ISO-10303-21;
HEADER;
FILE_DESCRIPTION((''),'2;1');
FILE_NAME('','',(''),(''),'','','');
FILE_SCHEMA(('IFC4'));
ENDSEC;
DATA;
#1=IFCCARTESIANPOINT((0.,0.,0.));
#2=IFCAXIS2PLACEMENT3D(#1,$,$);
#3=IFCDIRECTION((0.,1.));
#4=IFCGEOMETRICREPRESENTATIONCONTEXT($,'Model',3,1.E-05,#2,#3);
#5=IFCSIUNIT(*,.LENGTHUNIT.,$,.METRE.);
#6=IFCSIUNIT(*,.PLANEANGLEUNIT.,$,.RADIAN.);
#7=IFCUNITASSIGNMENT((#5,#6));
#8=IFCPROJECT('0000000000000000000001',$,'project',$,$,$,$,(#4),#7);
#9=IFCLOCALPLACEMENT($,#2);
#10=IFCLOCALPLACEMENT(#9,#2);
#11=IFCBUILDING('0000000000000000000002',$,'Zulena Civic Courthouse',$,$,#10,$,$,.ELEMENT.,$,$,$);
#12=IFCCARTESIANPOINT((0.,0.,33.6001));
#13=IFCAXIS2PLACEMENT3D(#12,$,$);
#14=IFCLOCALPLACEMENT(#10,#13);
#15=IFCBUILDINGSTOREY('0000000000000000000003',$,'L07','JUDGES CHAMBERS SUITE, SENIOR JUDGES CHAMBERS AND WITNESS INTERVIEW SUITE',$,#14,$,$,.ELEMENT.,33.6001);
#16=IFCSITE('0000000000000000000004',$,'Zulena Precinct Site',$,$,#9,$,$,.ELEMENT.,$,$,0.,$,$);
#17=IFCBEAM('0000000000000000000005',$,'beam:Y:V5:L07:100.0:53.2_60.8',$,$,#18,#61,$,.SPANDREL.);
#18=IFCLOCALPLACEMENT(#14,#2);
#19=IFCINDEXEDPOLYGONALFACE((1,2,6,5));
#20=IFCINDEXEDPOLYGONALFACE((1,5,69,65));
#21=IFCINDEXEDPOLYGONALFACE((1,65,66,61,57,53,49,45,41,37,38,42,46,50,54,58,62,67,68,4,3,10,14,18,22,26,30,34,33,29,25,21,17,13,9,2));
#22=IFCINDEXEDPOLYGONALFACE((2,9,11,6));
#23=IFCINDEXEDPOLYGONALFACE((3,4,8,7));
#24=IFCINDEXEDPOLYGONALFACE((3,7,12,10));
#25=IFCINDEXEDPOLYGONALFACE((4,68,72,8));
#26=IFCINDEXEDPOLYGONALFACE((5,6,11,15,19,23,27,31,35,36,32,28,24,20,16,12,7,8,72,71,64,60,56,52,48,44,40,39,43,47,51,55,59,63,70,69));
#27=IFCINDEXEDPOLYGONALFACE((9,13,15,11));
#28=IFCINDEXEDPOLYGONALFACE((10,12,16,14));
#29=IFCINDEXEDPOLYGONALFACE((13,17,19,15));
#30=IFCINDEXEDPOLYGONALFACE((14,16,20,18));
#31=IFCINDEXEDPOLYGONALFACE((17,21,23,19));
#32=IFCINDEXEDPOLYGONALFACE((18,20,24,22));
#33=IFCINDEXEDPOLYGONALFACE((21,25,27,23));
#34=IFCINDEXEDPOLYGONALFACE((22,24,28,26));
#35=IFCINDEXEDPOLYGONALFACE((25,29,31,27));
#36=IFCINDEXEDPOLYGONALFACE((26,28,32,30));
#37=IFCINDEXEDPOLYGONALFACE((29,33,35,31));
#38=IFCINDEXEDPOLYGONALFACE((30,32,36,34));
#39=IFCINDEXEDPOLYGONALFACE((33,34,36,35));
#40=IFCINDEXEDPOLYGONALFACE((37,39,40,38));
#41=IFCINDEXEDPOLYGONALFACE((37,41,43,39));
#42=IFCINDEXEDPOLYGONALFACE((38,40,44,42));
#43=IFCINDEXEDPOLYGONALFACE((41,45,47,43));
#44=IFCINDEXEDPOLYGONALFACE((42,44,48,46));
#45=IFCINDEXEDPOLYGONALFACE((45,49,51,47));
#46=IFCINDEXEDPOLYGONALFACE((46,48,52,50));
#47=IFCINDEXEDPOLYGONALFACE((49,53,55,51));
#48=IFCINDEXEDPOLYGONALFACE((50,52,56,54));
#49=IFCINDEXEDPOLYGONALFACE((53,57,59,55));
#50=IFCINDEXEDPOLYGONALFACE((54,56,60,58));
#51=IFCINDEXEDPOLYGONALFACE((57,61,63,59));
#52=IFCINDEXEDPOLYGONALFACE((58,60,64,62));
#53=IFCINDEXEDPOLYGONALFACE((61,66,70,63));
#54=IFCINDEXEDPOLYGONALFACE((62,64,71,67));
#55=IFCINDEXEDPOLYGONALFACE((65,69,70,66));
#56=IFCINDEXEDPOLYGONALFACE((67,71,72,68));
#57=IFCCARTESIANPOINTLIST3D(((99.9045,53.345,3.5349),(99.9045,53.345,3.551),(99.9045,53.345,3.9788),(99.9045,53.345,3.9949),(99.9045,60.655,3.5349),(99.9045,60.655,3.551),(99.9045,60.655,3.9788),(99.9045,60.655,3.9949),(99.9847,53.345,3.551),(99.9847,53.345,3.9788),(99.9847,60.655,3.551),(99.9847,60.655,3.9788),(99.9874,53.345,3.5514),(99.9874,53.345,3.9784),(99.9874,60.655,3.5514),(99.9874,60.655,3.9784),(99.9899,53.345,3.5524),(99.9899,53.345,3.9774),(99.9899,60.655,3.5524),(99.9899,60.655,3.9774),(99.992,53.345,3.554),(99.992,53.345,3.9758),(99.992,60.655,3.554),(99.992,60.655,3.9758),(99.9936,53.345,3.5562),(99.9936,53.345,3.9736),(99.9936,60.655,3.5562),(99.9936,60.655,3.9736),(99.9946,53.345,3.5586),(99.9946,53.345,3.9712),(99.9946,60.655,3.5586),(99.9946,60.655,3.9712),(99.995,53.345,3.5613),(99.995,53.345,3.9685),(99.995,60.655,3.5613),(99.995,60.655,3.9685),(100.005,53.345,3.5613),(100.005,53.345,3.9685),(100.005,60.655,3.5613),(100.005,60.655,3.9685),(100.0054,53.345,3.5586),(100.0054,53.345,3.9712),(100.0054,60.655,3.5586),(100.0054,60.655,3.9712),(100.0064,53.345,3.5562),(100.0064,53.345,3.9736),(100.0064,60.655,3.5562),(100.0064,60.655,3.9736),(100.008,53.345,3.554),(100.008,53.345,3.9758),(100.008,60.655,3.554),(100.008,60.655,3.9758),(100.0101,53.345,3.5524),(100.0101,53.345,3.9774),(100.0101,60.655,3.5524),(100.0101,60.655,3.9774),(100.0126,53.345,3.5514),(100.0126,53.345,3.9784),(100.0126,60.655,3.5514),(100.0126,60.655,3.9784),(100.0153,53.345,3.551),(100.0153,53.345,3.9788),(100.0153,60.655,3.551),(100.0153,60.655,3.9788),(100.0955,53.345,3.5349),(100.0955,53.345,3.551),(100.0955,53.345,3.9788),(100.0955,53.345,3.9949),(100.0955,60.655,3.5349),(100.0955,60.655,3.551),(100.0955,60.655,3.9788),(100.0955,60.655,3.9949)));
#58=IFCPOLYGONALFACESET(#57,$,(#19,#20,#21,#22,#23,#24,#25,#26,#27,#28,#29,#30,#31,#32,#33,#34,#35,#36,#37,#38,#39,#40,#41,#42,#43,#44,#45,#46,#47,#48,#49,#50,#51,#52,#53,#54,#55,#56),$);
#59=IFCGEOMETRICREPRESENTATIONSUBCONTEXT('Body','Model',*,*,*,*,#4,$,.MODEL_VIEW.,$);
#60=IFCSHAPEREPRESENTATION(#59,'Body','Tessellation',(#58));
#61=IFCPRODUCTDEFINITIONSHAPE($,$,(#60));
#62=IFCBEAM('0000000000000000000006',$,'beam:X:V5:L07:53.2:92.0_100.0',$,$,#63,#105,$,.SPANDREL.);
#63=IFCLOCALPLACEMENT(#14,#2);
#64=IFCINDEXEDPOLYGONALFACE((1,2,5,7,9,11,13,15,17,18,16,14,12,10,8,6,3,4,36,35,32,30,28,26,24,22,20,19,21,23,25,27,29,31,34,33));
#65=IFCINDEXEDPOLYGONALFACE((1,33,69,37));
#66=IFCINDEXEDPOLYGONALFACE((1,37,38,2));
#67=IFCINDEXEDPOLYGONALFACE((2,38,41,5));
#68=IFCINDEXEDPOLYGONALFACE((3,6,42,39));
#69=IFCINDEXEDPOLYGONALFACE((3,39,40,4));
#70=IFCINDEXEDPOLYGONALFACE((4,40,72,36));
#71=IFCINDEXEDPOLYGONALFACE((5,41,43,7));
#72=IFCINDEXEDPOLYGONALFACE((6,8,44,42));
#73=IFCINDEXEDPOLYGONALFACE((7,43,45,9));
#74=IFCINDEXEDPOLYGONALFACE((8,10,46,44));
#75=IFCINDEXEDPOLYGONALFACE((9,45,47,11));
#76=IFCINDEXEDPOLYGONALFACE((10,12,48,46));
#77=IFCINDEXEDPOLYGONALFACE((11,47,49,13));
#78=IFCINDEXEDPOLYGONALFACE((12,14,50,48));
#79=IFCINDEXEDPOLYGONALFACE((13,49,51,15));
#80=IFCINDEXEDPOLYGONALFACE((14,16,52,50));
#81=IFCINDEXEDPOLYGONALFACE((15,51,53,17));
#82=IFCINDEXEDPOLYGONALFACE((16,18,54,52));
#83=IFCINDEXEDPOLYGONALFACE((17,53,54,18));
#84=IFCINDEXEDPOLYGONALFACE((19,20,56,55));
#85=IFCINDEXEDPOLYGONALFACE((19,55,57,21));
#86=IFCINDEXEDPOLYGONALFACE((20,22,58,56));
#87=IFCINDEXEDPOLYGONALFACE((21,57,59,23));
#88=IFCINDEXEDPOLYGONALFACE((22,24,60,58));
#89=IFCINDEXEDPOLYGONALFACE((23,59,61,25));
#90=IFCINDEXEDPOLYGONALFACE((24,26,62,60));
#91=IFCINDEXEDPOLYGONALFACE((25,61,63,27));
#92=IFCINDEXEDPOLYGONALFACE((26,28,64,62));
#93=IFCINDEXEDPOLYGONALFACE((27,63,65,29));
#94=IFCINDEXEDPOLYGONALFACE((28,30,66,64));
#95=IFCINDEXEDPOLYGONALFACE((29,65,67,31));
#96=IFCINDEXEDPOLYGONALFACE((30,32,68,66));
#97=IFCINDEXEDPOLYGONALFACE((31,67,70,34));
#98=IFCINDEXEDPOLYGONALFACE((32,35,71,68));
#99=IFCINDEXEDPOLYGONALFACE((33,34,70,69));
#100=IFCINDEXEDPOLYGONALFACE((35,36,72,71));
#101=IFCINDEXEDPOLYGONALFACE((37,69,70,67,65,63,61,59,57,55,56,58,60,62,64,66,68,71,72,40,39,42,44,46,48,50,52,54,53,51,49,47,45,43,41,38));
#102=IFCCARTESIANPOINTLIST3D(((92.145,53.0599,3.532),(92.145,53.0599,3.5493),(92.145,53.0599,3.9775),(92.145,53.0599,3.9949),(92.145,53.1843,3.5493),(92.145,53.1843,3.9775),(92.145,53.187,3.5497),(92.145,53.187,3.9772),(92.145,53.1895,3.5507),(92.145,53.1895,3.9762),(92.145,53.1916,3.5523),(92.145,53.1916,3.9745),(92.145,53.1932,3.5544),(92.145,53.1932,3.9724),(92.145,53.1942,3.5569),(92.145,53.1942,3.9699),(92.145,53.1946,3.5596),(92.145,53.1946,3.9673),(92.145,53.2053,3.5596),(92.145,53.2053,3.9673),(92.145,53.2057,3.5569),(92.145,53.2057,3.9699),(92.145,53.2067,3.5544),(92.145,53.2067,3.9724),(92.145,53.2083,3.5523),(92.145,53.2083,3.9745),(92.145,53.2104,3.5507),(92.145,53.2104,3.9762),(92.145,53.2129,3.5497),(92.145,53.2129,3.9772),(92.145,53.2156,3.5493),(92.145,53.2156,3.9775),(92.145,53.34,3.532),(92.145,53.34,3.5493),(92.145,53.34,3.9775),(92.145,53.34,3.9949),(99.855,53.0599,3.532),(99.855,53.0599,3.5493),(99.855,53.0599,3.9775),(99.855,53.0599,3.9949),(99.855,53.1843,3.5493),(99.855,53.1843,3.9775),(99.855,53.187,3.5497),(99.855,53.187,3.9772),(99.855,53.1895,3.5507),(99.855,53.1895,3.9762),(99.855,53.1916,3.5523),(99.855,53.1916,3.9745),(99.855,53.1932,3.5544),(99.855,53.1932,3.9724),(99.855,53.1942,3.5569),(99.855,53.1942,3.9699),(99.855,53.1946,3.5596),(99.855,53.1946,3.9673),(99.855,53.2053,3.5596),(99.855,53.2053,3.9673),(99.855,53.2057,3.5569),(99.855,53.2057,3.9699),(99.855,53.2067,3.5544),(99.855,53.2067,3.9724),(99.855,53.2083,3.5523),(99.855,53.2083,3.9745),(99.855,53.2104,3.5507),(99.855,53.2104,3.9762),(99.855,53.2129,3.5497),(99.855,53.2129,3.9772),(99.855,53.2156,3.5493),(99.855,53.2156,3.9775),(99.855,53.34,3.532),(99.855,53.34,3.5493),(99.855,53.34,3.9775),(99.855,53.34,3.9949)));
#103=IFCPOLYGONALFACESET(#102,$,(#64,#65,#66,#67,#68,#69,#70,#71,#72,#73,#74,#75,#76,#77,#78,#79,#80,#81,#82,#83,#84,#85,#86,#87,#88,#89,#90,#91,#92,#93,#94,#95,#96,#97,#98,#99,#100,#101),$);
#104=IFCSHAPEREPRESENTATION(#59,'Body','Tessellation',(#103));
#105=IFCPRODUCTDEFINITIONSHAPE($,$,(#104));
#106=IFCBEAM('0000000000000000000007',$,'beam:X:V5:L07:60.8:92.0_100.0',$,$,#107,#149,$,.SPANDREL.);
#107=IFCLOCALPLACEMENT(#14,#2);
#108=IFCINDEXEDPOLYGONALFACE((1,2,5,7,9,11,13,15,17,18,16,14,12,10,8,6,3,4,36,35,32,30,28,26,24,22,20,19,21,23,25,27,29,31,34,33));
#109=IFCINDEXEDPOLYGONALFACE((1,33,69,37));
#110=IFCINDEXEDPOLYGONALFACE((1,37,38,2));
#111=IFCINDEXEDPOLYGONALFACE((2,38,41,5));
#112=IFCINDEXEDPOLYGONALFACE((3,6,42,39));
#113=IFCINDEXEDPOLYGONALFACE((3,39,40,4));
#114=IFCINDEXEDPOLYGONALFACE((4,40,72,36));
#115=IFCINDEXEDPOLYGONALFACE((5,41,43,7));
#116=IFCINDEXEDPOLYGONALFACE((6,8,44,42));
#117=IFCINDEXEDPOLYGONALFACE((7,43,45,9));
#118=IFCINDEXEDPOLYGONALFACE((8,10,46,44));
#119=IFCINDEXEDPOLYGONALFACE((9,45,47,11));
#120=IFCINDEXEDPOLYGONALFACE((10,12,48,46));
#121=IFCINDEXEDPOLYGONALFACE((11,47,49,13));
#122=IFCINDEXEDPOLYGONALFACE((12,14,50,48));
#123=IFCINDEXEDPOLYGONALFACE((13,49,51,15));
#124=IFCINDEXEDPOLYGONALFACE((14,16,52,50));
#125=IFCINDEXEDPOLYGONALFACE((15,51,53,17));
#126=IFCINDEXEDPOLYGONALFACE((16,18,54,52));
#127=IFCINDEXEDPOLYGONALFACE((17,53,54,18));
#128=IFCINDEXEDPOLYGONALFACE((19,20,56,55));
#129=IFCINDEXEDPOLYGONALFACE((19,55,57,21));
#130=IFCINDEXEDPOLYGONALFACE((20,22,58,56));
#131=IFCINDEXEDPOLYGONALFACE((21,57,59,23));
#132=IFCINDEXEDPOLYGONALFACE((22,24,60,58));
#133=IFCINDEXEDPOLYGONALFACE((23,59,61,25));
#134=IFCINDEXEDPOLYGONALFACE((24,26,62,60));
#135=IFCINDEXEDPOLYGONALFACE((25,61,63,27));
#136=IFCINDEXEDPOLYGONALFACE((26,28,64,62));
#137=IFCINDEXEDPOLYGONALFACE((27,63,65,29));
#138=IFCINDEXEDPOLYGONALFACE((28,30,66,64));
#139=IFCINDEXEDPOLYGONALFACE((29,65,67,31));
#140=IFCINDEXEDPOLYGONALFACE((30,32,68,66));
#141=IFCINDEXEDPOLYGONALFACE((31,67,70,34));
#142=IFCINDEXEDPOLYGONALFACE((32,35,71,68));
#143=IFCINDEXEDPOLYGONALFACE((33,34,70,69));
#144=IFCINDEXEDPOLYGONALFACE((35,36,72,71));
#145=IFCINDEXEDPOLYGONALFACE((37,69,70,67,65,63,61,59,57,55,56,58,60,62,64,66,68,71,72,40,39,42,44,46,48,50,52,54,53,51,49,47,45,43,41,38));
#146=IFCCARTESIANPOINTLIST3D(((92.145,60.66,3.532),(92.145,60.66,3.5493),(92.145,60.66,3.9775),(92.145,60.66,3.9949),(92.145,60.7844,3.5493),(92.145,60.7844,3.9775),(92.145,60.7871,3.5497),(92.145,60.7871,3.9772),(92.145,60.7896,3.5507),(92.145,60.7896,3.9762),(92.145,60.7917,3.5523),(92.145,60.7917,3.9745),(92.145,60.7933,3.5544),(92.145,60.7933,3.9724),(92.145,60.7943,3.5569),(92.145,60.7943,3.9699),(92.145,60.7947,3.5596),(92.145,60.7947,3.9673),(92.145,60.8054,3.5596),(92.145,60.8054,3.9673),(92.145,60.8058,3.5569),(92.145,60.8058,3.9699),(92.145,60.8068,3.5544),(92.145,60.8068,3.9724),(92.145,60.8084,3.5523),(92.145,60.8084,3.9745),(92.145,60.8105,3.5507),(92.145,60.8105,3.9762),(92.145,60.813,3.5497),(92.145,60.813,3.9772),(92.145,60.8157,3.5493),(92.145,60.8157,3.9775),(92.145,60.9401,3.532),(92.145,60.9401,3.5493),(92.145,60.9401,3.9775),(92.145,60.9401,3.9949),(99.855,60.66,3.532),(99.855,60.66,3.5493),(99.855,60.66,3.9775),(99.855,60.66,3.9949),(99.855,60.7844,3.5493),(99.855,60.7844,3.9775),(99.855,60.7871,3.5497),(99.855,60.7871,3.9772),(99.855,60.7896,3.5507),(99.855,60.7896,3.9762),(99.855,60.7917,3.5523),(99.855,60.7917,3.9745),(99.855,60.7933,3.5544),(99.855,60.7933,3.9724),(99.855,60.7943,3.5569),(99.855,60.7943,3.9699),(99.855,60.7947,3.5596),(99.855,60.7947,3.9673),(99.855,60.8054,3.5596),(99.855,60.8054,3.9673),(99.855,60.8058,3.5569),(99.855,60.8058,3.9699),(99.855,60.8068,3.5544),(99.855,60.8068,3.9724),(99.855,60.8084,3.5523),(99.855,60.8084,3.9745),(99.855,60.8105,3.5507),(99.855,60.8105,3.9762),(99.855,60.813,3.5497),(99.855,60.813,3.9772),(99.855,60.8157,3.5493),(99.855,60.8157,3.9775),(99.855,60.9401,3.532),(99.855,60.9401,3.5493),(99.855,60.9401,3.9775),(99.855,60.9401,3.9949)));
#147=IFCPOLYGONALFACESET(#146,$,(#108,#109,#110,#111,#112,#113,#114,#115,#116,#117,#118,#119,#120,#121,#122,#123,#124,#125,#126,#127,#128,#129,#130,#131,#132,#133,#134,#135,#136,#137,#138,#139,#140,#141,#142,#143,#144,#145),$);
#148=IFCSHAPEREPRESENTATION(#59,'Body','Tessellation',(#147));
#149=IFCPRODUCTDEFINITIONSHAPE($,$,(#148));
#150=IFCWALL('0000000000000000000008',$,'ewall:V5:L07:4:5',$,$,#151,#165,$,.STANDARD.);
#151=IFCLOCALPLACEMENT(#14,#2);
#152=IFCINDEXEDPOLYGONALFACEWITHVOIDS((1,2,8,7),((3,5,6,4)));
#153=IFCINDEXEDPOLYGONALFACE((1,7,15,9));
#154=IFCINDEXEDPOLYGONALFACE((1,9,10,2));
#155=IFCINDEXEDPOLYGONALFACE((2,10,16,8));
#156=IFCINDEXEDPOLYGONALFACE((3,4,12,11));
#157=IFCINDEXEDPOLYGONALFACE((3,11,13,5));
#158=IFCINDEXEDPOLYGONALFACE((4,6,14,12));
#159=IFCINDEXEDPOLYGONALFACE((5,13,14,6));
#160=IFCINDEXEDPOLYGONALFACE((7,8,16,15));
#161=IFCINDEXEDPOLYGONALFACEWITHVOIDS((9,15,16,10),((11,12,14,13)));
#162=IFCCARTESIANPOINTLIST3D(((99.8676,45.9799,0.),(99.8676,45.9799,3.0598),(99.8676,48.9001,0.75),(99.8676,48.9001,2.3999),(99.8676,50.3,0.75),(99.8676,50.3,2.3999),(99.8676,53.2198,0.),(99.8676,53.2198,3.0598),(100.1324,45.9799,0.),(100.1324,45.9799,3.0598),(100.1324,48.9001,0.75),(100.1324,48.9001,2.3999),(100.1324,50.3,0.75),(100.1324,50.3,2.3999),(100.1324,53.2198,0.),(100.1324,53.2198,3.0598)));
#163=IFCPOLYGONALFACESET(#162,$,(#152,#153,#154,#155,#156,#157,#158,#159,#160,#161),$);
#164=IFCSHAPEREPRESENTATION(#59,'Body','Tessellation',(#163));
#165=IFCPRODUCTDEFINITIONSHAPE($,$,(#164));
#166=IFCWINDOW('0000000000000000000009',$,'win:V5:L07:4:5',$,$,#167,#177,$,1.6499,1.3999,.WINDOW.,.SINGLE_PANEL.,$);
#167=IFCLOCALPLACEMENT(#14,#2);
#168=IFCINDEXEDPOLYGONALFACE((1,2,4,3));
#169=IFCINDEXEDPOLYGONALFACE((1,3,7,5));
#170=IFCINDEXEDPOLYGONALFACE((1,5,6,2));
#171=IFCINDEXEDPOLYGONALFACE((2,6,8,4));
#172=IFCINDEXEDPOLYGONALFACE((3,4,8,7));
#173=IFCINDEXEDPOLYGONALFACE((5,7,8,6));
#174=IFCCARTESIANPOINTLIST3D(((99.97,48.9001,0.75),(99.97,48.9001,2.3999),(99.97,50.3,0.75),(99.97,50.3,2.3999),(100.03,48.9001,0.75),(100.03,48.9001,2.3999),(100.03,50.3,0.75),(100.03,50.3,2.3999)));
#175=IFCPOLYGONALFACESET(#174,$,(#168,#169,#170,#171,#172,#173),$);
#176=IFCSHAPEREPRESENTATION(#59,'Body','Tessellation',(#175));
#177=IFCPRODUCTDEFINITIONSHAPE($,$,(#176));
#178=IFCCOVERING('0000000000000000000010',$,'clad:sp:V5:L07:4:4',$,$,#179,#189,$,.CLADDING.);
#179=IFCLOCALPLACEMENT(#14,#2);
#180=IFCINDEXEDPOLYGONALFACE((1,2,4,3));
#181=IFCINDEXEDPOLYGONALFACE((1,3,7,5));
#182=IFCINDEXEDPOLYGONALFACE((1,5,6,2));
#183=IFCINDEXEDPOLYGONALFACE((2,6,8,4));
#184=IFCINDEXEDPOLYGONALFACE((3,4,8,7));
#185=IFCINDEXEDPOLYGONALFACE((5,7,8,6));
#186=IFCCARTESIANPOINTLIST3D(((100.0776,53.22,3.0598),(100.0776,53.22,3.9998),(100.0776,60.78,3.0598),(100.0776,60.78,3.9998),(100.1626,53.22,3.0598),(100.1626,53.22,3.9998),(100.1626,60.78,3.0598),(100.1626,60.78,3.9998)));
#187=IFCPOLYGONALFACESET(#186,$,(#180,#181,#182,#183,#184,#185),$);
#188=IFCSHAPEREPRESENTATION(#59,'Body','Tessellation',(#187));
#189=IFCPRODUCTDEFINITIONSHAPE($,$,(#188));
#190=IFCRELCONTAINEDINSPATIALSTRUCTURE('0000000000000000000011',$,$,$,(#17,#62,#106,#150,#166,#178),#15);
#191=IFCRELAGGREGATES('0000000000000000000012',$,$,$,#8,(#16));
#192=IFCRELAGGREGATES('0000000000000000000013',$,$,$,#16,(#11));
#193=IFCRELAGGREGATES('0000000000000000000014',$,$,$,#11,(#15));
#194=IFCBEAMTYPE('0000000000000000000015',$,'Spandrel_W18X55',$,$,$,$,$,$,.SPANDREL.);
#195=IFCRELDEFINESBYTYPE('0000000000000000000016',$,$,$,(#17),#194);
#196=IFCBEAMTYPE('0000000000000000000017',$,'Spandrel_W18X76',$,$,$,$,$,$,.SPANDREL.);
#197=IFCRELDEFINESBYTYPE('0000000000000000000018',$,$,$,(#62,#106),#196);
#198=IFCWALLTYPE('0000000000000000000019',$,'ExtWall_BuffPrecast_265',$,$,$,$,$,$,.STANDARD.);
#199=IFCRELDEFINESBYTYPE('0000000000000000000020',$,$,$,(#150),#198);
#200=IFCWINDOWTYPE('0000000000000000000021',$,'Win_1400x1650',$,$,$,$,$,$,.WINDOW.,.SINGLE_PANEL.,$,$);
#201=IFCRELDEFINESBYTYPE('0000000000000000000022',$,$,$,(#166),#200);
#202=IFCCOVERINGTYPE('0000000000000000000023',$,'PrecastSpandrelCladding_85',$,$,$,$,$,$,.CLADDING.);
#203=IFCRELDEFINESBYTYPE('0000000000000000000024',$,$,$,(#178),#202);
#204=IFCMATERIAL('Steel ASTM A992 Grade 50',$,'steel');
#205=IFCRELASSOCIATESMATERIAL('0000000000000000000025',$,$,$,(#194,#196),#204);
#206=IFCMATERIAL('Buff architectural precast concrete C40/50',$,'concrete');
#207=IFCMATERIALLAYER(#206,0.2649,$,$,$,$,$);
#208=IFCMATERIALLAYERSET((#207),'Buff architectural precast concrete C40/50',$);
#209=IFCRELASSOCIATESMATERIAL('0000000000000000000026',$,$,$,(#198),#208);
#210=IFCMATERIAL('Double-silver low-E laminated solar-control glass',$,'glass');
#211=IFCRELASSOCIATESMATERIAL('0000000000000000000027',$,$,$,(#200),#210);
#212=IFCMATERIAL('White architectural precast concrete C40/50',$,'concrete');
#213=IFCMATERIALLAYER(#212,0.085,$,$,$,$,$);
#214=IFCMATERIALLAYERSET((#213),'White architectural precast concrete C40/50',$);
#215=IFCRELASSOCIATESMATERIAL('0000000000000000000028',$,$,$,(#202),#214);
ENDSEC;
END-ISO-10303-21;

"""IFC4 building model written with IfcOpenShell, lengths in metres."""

from ifc_helpers import new_model, si_unit, direction, frame, frame_2d, origin, origin_2d, place, context, subcontext, project, spatial, rectangle, i_section, extrude, material, layer, layer_set, material_profile, profile_set, type_object, element, fill, save


model = new_model("IFC4")

# Units and contexts
model_context = context("Model", 3, precision=1e-05, world=origin(), true_north=direction((0.0, 1.0)))
body_context = subcontext(model_context, "Body", "Model", "MODEL_VIEW")
ifc_project = project(units=[si_unit("LENGTHUNIT", "METRE"), si_unit("PLANEANGLEUNIT", "RADIAN")], contexts=[model_context])

# Site, building, storey
site_placement = place(None, origin())
site = spatial("IfcSite", under=ifc_project, at=site_placement, Name="Zulena Precinct Site", CompositionType="ELEMENT", RefElevation=0.0)
building_placement = place(site_placement, origin())
building = spatial("IfcBuilding", under=site, at=building_placement, Name="Zulena Civic Courthouse", CompositionType="ELEMENT")
storey_placement = place(building_placement, frame((0.0, 0.0, 33.6001)))
storey = spatial("IfcBuildingStorey", under=building, at=storey_placement, Name="L07", Description="JUDGES CHAMBERS SUITE, SENIOR JUDGES CHAMBERS AND WITNESS INTERVIEW SUITE", CompositionType="ELEMENT", Elevation=33.6001)

# Shared definitions
ifc_material_1 = material(Name="Steel ASTM A992 Grade 50", Category="steel")

# Beams
ifc_material_profile_1 = material_profile(ifc_material_1, i_section(OverallWidth=0.1909, OverallDepth=0.46, WebThickness=0.01, FlangeThickness=0.0161, FilletRadius=0.0103, at=origin_2d()), Name="W18X55")
ifc_profile_set_1 = profile_set([ifc_material_profile_1], Name="Steel ASTM A992 Grade 50")
beam_type_1 = type_object("IfcBeamType", Name="Spandrel_W18X55", PredefinedType="SPANDREL", material=ifc_profile_set_1)
beam_1_placement = place(storey_placement, frame((100.0, 53.345, 3.7649), z_axis=(0.0, 1.0, 0.0), x_axis=(-1.0, 0.0, 0.0)))
element("IfcBeam", 1, at=beam_1_placement, inside=storey, type_object=beam_type_1, Name="beam:Y:V5:L07:100.0:53.2_60.8", PredefinedType="SPANDREL", context=body_context, shape_type="SweptSolid", body=[
    extrude(i_section(OverallWidth=0.1909, OverallDepth=0.46, WebThickness=0.01, FlangeThickness=0.0161, FilletRadius=0.0103, at=origin_2d()), origin(), (0.0, 0.0, 1.0), 7.3101),
])
ifc_material_profile_2 = material_profile(ifc_material_1, i_section(OverallWidth=0.28, OverallDepth=0.4629, WebThickness=0.0107, FlangeThickness=0.0173, FilletRadius=0.0103, at=origin_2d()), Name="W18X76")
ifc_profile_set_2 = profile_set([ifc_material_profile_2], Name="Steel ASTM A992 Grade 50")
beam_type_2 = type_object("IfcBeamType", Name="Spandrel_W18X76", PredefinedType="SPANDREL", material=ifc_profile_set_2)
for number, where, z_axis, x_axis, name in (
    (2, (92.145, 53.2, 3.7634), (1.0, 0.0, 0.0), (0.0, 1.0, 0.0), "beam:X:V5:L07:53.2:92.0_100.0"),
    (3, (92.145, 60.8, 3.7634), (1.0, 0.0, 0.0), (0.0, 1.0, 0.0), "beam:X:V5:L07:60.8:92.0_100.0"),
):
    element("IfcBeam", number, at=place(storey_placement, frame(where, z_axis=z_axis, x_axis=x_axis)), inside=storey, type_object=beam_type_2, Name=name, PredefinedType="SPANDREL", context=body_context, shape_type="SweptSolid", body=[
        extrude(i_section(OverallWidth=0.28, OverallDepth=0.4629, WebThickness=0.0107, FlangeThickness=0.0173, FilletRadius=0.0103, at=origin_2d()), origin(), (0.0, 0.0, 1.0), 7.71),
    ])

# Wall, opening, window
ifc_material_2 = material(Name="Buff architectural precast concrete C40/50", Category="concrete")
ifc_layer_1 = layer(ifc_material_2, 0.2649)
ifc_layer_set_1 = layer_set([ifc_layer_1], Name="Buff architectural precast concrete C40/50")
wall_type = type_object("IfcWallType", Name="ExtWall_BuffPrecast_265", PredefinedType="STANDARD", material=ifc_layer_set_1)
wall_placement = place(storey_placement, frame((100.0, 53.22, 0.0), z_axis=(0.0, 0.0, 1.0), x_axis=(0.0, -1.0, 0.0)))
wall = element("IfcWall", 4, at=wall_placement, inside=storey, type_object=wall_type, Name="ewall:V5:L07:4:5", PredefinedType="STANDARD", context=body_context, shape_type="SweptSolid", body=[
    extrude(rectangle(XDim=7.24, YDim=0.2649, at=frame_2d((3.6201, 0.0))), origin(), (0.0, 0.0, 1.0), 3.0598),
])
opening_placement = place(wall_placement, frame((2.9199, 0.0, 0.75)))
opening = element("IfcOpeningElement", 5, at=opening_placement, cuts=wall, PredefinedType="OPENING", context=body_context, shape_type="SweptSolid", body=[
    extrude(rectangle(XDim=1.3999, YDim=1.6499, at=frame_2d((0.7, 0.825))), frame((0.0, 0.1423, 0.0), z_axis=(0.0, -1.0, 0.0), x_axis=(1.0, 0.0, 0.0)), (0.0, 0.0, 1.0), 0.2849),
])
ifc_material_3 = material(Name="Double-silver low-E laminated solar-control glass", Category="glass")
window_type = type_object("IfcWindowType", Name="Win_1400x1650", PartitioningType="SINGLE_PANEL", PredefinedType="WINDOW", material=ifc_material_3)
window_placement = place(opening_placement, origin())
window = element("IfcWindow", 6, at=window_placement, inside=storey, type_object=window_type, Name="win:V5:L07:4:5", OverallHeight=1.6499, OverallWidth=1.3999, PartitioningType="SINGLE_PANEL", PredefinedType="WINDOW", context=body_context, shape_type="SweptSolid", body=[
    extrude(rectangle(XDim=1.3999, YDim=1.6499, at=frame_2d((0.7, 0.825))), frame((0.0, 0.03, 0.0), z_axis=(0.0, -1.0, 0.0), x_axis=(1.0, 0.0, 0.0)), (0.0, 0.0, 1.0), 0.0601),
])
fill(opening, window)

# Covering
ifc_material_4 = material(Name="White architectural precast concrete C40/50", Category="concrete")
ifc_layer_2 = layer(ifc_material_4, 0.085)
ifc_layer_set_2 = layer_set([ifc_layer_2], Name="White architectural precast concrete C40/50")
covering_type = type_object("IfcCoveringType", Name="PrecastSpandrelCladding_85", PredefinedType="CLADDING", material=ifc_layer_set_2)
covering_1_placement = place(storey_placement, frame((100.1201, 57.0, 3.0598), z_axis=(0.0, 0.0, 1.0), x_axis=(0.0, -1.0, 0.0)))
element("IfcCovering", 7, at=covering_1_placement, inside=storey, type_object=covering_type, Name="clad:sp:V5:L07:4:4", PredefinedType="CLADDING", context=body_context, shape_type="SweptSolid", body=[
    extrude(rectangle(XDim=7.5601, YDim=0.085, at=origin_2d()), origin(), (0.0, 0.0, 1.0), 0.9399),
])

save(model, "model.ifc")
